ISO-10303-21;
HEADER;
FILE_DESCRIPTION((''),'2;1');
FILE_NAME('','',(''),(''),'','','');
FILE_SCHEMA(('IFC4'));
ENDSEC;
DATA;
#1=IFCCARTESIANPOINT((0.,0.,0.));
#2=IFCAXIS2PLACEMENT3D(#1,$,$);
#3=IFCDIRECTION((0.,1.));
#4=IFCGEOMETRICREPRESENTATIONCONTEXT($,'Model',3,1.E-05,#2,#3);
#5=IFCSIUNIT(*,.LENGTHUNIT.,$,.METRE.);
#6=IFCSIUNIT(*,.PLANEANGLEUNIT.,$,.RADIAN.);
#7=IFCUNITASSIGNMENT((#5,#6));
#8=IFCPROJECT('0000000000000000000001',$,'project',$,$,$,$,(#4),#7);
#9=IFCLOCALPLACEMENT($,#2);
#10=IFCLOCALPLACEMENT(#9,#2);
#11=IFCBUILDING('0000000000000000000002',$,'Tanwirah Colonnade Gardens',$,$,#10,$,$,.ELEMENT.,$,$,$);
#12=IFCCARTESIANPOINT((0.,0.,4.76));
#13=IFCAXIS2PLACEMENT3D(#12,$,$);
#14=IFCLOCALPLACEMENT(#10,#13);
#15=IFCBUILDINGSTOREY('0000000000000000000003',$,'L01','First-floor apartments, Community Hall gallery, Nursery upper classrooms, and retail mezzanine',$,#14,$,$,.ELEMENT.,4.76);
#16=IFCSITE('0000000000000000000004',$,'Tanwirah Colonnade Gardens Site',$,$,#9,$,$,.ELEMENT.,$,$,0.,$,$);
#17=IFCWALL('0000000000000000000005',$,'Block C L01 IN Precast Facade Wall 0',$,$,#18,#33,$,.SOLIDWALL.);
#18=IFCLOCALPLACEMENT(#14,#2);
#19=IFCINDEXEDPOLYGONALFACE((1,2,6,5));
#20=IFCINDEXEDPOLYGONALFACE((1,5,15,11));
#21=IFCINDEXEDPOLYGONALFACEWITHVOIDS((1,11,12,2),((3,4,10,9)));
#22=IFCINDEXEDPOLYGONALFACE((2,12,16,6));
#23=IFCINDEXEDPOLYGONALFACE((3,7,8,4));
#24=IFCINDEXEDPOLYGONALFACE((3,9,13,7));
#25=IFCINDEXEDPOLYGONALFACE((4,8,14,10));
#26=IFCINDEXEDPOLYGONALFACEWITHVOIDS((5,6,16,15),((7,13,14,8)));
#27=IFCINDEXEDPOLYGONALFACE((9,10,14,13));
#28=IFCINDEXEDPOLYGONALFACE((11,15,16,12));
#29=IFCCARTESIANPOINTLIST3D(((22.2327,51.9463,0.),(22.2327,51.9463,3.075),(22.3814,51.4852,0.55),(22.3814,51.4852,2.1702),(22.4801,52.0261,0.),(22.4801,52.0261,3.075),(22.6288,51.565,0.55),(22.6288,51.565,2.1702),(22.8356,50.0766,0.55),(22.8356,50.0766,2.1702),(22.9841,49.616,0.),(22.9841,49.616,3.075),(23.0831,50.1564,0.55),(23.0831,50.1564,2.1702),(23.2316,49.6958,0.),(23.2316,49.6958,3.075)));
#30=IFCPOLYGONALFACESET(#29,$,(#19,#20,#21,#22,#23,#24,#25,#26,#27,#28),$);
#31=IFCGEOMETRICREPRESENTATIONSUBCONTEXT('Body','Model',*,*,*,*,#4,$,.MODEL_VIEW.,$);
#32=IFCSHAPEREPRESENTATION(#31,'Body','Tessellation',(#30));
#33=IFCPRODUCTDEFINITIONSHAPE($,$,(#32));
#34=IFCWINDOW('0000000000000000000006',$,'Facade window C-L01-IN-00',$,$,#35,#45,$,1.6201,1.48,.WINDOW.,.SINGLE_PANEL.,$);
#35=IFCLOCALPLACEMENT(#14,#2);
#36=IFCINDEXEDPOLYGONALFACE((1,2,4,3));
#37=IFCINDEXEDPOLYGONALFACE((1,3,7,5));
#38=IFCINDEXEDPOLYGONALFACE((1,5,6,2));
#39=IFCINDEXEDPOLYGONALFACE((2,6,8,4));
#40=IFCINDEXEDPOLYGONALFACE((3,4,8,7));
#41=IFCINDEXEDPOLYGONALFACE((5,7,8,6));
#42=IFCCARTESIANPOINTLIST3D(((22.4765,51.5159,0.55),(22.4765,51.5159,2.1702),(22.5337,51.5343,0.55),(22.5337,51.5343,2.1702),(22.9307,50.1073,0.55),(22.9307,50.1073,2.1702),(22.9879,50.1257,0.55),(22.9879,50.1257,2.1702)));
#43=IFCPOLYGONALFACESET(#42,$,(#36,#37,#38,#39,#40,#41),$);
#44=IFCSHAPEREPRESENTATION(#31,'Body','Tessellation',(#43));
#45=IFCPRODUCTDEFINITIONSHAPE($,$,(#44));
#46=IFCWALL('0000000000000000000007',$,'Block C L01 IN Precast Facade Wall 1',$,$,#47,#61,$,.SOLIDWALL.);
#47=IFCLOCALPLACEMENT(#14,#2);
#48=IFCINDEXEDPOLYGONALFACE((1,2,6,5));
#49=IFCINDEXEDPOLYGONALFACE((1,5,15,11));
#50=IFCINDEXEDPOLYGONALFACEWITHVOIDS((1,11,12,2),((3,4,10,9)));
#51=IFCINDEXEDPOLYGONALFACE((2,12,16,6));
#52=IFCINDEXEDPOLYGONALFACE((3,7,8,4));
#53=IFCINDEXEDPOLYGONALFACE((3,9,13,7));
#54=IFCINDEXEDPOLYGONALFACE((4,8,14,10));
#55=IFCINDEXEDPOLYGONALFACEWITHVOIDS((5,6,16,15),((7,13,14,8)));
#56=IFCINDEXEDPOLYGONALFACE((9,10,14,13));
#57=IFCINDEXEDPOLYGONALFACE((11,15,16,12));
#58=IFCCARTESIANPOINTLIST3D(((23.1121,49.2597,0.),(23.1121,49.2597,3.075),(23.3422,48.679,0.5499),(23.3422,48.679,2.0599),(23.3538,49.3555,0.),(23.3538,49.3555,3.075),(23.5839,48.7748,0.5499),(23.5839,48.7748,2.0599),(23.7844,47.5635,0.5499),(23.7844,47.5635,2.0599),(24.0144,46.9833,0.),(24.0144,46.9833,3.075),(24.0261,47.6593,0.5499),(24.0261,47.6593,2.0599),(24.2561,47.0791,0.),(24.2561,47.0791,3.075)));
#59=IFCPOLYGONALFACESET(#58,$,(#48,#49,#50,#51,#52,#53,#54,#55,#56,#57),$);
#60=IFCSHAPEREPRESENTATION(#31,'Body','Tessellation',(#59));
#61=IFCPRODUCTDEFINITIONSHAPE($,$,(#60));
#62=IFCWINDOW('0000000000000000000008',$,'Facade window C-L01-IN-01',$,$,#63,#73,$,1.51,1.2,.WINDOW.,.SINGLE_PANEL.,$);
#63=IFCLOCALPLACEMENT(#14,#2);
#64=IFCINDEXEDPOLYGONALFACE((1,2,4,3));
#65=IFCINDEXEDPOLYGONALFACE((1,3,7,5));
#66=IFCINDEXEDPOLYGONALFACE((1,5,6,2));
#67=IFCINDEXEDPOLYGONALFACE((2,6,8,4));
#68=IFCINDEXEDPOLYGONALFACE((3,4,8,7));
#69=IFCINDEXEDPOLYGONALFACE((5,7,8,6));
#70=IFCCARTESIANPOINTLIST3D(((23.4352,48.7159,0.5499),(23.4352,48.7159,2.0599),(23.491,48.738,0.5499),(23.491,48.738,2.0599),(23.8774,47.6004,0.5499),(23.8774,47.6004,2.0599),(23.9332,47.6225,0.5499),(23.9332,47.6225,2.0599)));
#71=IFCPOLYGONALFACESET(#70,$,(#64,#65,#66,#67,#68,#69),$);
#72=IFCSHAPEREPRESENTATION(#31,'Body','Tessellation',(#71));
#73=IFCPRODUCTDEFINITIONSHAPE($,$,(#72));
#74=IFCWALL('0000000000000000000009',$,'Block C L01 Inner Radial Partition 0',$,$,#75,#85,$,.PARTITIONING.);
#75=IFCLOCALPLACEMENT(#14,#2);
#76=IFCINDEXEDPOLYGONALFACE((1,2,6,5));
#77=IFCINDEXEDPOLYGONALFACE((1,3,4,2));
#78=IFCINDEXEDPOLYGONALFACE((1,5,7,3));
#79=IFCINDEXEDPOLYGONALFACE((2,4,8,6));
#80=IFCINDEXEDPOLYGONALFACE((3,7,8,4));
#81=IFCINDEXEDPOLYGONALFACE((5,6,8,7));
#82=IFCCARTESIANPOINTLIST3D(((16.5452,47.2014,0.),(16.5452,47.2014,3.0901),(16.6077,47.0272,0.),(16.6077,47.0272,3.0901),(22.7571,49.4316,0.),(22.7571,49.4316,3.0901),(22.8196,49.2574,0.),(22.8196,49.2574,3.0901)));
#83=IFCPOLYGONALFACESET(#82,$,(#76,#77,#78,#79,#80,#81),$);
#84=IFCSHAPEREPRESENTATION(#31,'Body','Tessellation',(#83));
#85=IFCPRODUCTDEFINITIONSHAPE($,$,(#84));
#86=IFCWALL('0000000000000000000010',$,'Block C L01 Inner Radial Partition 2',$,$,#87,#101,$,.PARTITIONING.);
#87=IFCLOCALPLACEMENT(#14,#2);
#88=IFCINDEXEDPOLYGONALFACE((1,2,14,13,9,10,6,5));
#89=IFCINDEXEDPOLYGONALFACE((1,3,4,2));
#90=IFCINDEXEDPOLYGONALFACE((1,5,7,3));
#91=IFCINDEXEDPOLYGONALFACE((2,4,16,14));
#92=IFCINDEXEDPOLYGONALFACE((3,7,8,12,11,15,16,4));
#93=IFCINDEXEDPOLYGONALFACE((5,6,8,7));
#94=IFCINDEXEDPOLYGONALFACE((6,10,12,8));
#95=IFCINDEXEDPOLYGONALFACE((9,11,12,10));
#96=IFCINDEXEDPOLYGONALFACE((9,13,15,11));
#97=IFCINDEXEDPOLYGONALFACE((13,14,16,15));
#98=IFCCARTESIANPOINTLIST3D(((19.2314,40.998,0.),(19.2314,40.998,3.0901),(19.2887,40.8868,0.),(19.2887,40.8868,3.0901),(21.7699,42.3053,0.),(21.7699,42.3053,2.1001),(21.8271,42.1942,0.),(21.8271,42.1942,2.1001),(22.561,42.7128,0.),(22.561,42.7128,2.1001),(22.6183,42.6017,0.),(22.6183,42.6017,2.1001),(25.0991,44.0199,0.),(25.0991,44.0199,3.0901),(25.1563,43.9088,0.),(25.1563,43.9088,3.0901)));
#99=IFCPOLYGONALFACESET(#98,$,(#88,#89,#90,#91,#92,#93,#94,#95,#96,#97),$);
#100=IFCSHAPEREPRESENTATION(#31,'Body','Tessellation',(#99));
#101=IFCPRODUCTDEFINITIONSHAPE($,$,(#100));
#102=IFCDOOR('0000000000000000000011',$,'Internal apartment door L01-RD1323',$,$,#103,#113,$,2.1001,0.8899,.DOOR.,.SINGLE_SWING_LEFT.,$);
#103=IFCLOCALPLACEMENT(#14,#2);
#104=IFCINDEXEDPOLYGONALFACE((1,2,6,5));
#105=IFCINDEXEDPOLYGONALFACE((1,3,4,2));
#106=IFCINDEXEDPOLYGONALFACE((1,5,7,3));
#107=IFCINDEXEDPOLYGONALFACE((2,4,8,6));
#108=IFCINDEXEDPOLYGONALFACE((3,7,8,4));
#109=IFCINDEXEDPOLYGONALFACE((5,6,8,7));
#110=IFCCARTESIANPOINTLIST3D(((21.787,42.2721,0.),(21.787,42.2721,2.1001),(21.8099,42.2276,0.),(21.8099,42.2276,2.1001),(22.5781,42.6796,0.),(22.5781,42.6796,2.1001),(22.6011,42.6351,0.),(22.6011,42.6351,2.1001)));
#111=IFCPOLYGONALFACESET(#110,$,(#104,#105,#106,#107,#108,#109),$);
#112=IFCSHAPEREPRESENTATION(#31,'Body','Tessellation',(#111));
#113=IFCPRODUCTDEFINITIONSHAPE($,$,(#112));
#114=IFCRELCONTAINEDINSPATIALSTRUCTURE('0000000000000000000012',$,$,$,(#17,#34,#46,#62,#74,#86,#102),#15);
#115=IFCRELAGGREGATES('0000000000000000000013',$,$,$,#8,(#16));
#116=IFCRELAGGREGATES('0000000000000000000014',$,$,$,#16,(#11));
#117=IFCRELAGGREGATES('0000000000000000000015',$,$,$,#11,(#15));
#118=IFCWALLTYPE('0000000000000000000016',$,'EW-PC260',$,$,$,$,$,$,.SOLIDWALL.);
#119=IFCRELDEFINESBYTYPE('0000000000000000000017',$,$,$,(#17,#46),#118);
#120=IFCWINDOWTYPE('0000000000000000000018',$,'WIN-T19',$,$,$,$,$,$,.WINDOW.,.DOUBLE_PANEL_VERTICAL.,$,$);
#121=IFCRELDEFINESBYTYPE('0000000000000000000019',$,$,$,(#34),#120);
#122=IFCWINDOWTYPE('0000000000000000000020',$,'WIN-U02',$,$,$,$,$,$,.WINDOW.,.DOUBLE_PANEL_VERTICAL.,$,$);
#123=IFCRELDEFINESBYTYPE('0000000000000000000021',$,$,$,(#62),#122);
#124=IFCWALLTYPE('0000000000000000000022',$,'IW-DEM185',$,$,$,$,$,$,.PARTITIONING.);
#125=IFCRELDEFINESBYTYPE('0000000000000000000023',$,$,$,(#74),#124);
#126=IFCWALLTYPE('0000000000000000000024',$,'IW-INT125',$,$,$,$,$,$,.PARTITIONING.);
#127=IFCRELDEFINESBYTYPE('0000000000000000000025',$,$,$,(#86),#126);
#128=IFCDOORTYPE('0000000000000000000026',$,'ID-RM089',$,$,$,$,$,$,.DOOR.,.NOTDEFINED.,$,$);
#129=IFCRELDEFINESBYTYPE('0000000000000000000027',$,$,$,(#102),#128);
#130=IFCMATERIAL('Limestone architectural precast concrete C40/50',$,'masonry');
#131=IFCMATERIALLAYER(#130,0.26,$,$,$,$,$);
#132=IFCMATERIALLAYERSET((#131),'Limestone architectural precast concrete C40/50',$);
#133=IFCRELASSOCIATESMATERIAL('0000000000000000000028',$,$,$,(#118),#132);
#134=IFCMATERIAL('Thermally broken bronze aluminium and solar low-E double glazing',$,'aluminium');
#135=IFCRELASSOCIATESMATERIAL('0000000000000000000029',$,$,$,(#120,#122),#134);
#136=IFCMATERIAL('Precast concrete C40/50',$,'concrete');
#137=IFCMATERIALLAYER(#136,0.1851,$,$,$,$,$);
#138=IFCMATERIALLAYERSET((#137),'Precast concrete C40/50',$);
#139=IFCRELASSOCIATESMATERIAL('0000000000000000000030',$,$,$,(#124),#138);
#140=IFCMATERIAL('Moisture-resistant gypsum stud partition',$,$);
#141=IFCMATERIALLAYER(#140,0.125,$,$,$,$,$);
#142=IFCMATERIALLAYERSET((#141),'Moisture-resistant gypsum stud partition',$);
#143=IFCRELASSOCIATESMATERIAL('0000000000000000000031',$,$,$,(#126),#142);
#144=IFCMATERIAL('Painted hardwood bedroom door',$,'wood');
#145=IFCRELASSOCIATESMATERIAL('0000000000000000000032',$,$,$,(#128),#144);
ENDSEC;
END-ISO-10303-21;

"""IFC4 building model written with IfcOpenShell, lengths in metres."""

from ifc_helpers import new_model, si_unit, direction, frame, frame_2d, origin, place, context, subcontext, project, spatial, rectangle, extrude, material, layer, layer_set, type_object, element, fill, save


model = new_model("IFC4")

# Units and contexts
model_context = context("Model", 3, precision=1e-05, world=origin(), true_north=direction((0.0, 1.0)))
body_context = subcontext(model_context, "Body", "Model", "MODEL_VIEW")
ifc_project = project(units=[si_unit("LENGTHUNIT", "METRE"), si_unit("PLANEANGLEUNIT", "RADIAN")], contexts=[model_context])

# Site, building, storey
site_placement = place(None, origin())
site = spatial("IfcSite", under=ifc_project, at=site_placement, Name="Tanwirah Colonnade Gardens Site", CompositionType="ELEMENT", RefElevation=0.0)
building_placement = place(site_placement, origin())
building = spatial("IfcBuilding", under=site, at=building_placement, Name="Tanwirah Colonnade Gardens", CompositionType="ELEMENT")
storey_placement = place(building_placement, frame((0.0, 0.0, 4.76)))
storey = spatial("IfcBuildingStorey", under=building, at=storey_placement, Name="L01", Description="First-floor apartments, Community Hall gallery, Nursery upper classrooms, and retail mezzanine", CompositionType="ELEMENT", Elevation=4.76)

# Shared definitions
ifc_material_1 = material(Name="Precast concrete C40/50", Category="concrete")

# Walls, openings, windows
ifc_material_2 = material(Name="Limestone architectural precast concrete C40/50", Category="masonry")
ifc_layer_1 = layer(ifc_material_2, 0.26)
ifc_layer_set_1 = layer_set([ifc_layer_1], Name="Limestone architectural precast concrete C40/50")
wall_type_1 = type_object("IfcWallType", Name="EW-PC260", PredefinedType="SOLIDWALL", material=ifc_layer_set_1)
wall_1_placement = place(storey_placement, frame((22.3564, 51.9861, 0.0), z_axis=(0.0, 0.0, 1.0), x_axis=(0.30691, -0.951739, 0.0)))
wall_1 = element("IfcWall", 1, at=wall_1_placement, inside=storey, type_object=wall_type_1, Name="Block C L01 IN Precast Facade Wall 0", PredefinedType="SOLIDWALL", context=body_context, shape_type="SweptSolid", body=[
    extrude(rectangle(XDim=2.4485, YDim=0.26, at=frame_2d((1.2241, 0.0))), origin(), (0.0, 0.0, 1.0), 3.075),
])
opening_1_placement = place(wall_1_placement, frame((0.4844, 0.0, 0.55)))
opening_1 = element("IfcOpeningElement", 2, at=opening_1_placement, cuts=wall_1, PredefinedType="OPENING", context=body_context, shape_type="SweptSolid", body=[
    extrude(rectangle(XDim=1.48, YDim=1.6201, at=frame_2d((0.74, 0.8101))), frame((0.0, 0.1399, 0.0), z_axis=(0.0, -1.0, 0.0), x_axis=(1.0, 0.0, 0.0)), (0.0, 0.0, 1.0), 0.28),
])
ifc_material_3 = material(Name="Thermally broken bronze aluminium and solar low-E double glazing", Category="aluminium")
window_type_1 = type_object("IfcWindowType", Name="WIN-T19", PartitioningType="DOUBLE_PANEL_VERTICAL", PredefinedType="WINDOW", material=ifc_material_3)
window_1_placement = place(opening_1_placement, origin())
window_1 = element("IfcWindow", 3, at=window_1_placement, inside=storey, type_object=window_type_1, Name="Facade window C-L01-IN-00", OverallHeight=1.6201, OverallWidth=1.48, PartitioningType="SINGLE_PANEL", PredefinedType="WINDOW", context=body_context, shape_type="SweptSolid", body=[
    extrude(rectangle(XDim=1.48, YDim=1.6201, at=frame_2d((0.74, 0.8101))), frame((0.0, 0.03, 0.0), z_axis=(0.0, -1.0, 0.0), x_axis=(1.0, 0.0, 0.0)), (0.0, 0.0, 1.0), 0.0601),
])
fill(opening_1, window_1)
wall_2_placement = place(storey_placement, frame((23.2329, 49.3076, 0.0), z_axis=(0.0, 0.0, 1.0), x_axis=(0.368501, -0.929627, 0.0)))
wall_2 = element("IfcWall", 4, at=wall_2_placement, inside=storey, type_object=wall_type_1, Name="Block C L01 IN Precast Facade Wall 1", PredefinedType="SOLIDWALL", context=body_context, shape_type="SweptSolid", body=[
    extrude(rectangle(XDim=2.4487, YDim=0.26, at=frame_2d((1.2244, 0.0))), origin(), (0.0, 0.0, 1.0), 3.075),
])
opening_2_placement = place(wall_2_placement, frame((0.6245, 0.0, 0.55)))
opening_2 = element("IfcOpeningElement", 5, at=opening_2_placement, cuts=wall_2, PredefinedType="OPENING", context=body_context, shape_type="SweptSolid", body=[
    extrude(rectangle(XDim=1.2, YDim=1.51, at=frame_2d((0.6001, 0.7549))), frame((0.0, 0.1399, 0.0), z_axis=(0.0, -1.0, 0.0), x_axis=(1.0, 0.0, 0.0)), (0.0, 0.0, 1.0), 0.28),
])
window_type_2 = type_object("IfcWindowType", Name="WIN-U02", PartitioningType="DOUBLE_PANEL_VERTICAL", PredefinedType="WINDOW", material=ifc_material_3)
window_2_placement = place(opening_2_placement, origin())
window_2 = element("IfcWindow", 6, at=window_2_placement, inside=storey, type_object=window_type_2, Name="Facade window C-L01-IN-01", OverallHeight=1.51, OverallWidth=1.2, PartitioningType="SINGLE_PANEL", PredefinedType="WINDOW", context=body_context, shape_type="SweptSolid", body=[
    extrude(rectangle(XDim=1.2, YDim=1.51, at=frame_2d((0.6001, 0.7549))), frame((0.0, 0.03, 0.0), z_axis=(0.0, -1.0, 0.0), x_axis=(1.0, 0.0, 0.0)), (0.0, 0.0, 1.0), 0.0601),
])
fill(opening_2, window_2)

# Wall
ifc_layer_2 = layer(ifc_material_1, 0.1851)
ifc_layer_set_2 = layer_set([ifc_layer_2], Name="Precast concrete C40/50")
wall_type_2 = type_object("IfcWallType", Name="IW-DEM185", PredefinedType="PARTITIONING", material=ifc_layer_set_2)
wall_3_placement = place(storey_placement, frame((22.7883, 49.3445, 0.0), z_axis=(0.0, 0.0, 1.0), x_axis=(-0.94118, -0.337906, 0.0)))
element("IfcWall", 7, at=wall_3_placement, inside=storey, type_object=wall_type_2, Name="Block C L01 Inner Radial Partition 0", PredefinedType="PARTITIONING", context=body_context, shape_type="SweptSolid", body=[
    extrude(rectangle(XDim=6.6001, YDim=0.1851, at=frame_2d((3.3, 0.0))), origin(), (0.0, 0.0, 1.0), 3.0901),
])

# Wall, opening, door
ifc_material_4 = material(Name="Moisture-resistant gypsum stud partition")
ifc_layer_3 = layer(ifc_material_4, 0.125)
ifc_layer_set_3 = layer_set([ifc_layer_3], Name="Moisture-resistant gypsum stud partition")
wall_type_3 = type_object("IfcWallType", Name="IW-INT125", PredefinedType="PARTITIONING", material=ifc_layer_set_3)
wall_4_placement = place(storey_placement, frame((25.1277, 43.9644, 0.0), z_axis=(0.0, 0.0, 1.0), x_axis=(-0.889022, -0.457864, 0.0)))
wall_4 = element("IfcWall", 8, at=wall_4_placement, inside=storey, type_object=wall_type_3, Name="Block C L01 Inner Radial Partition 2", PredefinedType="PARTITIONING", context=body_context, shape_type="SweptSolid", body=[
    extrude(rectangle(XDim=6.6001, YDim=0.125, at=frame_2d((3.3, 0.0))), origin(), (0.0, 0.0, 1.0), 3.0901),
])
opening_3_placement = place(wall_4_placement, frame((2.855, 0.0, 0.0)))
opening_3 = element("IfcOpeningElement", 9, at=opening_3_placement, cuts=wall_4, PredefinedType="OPENING", context=body_context, shape_type="SweptSolid", body=[
    extrude(rectangle(XDim=0.8899, YDim=2.1001, at=frame_2d((0.4448, 1.05))), frame((0.0, 0.0725, 0.0), z_axis=(0.0, -1.0, 0.0), x_axis=(1.0, 0.0, 0.0)), (0.0, 0.0, 1.0), 0.145),
])
ifc_material_5 = material(Name="Painted hardwood bedroom door", Category="wood")
door_type_1 = type_object("IfcDoorType", Name="ID-RM089", OperationType="NOTDEFINED", PredefinedType="DOOR", material=ifc_material_5)
door_1_placement = place(opening_3_placement, origin())
door_1 = element("IfcDoor", 10, at=door_1_placement, inside=storey, type_object=door_type_1, Name="Internal apartment door L01-RD1323", OperationType="SINGLE_SWING_LEFT", OverallHeight=2.1001, OverallWidth=0.8899, PredefinedType="DOOR", context=body_context, shape_type="SweptSolid", body=[
    extrude(rectangle(XDim=0.8899, YDim=2.1001, at=frame_2d((0.4448, 1.05))), frame((0.0, 0.0249, 0.0), z_axis=(0.0, -1.0, 0.0), x_axis=(1.0, 0.0, 0.0)), (0.0, 0.0, 1.0), 0.05),
])
fill(opening_3, door_1)

save(model, "model.ifc")
